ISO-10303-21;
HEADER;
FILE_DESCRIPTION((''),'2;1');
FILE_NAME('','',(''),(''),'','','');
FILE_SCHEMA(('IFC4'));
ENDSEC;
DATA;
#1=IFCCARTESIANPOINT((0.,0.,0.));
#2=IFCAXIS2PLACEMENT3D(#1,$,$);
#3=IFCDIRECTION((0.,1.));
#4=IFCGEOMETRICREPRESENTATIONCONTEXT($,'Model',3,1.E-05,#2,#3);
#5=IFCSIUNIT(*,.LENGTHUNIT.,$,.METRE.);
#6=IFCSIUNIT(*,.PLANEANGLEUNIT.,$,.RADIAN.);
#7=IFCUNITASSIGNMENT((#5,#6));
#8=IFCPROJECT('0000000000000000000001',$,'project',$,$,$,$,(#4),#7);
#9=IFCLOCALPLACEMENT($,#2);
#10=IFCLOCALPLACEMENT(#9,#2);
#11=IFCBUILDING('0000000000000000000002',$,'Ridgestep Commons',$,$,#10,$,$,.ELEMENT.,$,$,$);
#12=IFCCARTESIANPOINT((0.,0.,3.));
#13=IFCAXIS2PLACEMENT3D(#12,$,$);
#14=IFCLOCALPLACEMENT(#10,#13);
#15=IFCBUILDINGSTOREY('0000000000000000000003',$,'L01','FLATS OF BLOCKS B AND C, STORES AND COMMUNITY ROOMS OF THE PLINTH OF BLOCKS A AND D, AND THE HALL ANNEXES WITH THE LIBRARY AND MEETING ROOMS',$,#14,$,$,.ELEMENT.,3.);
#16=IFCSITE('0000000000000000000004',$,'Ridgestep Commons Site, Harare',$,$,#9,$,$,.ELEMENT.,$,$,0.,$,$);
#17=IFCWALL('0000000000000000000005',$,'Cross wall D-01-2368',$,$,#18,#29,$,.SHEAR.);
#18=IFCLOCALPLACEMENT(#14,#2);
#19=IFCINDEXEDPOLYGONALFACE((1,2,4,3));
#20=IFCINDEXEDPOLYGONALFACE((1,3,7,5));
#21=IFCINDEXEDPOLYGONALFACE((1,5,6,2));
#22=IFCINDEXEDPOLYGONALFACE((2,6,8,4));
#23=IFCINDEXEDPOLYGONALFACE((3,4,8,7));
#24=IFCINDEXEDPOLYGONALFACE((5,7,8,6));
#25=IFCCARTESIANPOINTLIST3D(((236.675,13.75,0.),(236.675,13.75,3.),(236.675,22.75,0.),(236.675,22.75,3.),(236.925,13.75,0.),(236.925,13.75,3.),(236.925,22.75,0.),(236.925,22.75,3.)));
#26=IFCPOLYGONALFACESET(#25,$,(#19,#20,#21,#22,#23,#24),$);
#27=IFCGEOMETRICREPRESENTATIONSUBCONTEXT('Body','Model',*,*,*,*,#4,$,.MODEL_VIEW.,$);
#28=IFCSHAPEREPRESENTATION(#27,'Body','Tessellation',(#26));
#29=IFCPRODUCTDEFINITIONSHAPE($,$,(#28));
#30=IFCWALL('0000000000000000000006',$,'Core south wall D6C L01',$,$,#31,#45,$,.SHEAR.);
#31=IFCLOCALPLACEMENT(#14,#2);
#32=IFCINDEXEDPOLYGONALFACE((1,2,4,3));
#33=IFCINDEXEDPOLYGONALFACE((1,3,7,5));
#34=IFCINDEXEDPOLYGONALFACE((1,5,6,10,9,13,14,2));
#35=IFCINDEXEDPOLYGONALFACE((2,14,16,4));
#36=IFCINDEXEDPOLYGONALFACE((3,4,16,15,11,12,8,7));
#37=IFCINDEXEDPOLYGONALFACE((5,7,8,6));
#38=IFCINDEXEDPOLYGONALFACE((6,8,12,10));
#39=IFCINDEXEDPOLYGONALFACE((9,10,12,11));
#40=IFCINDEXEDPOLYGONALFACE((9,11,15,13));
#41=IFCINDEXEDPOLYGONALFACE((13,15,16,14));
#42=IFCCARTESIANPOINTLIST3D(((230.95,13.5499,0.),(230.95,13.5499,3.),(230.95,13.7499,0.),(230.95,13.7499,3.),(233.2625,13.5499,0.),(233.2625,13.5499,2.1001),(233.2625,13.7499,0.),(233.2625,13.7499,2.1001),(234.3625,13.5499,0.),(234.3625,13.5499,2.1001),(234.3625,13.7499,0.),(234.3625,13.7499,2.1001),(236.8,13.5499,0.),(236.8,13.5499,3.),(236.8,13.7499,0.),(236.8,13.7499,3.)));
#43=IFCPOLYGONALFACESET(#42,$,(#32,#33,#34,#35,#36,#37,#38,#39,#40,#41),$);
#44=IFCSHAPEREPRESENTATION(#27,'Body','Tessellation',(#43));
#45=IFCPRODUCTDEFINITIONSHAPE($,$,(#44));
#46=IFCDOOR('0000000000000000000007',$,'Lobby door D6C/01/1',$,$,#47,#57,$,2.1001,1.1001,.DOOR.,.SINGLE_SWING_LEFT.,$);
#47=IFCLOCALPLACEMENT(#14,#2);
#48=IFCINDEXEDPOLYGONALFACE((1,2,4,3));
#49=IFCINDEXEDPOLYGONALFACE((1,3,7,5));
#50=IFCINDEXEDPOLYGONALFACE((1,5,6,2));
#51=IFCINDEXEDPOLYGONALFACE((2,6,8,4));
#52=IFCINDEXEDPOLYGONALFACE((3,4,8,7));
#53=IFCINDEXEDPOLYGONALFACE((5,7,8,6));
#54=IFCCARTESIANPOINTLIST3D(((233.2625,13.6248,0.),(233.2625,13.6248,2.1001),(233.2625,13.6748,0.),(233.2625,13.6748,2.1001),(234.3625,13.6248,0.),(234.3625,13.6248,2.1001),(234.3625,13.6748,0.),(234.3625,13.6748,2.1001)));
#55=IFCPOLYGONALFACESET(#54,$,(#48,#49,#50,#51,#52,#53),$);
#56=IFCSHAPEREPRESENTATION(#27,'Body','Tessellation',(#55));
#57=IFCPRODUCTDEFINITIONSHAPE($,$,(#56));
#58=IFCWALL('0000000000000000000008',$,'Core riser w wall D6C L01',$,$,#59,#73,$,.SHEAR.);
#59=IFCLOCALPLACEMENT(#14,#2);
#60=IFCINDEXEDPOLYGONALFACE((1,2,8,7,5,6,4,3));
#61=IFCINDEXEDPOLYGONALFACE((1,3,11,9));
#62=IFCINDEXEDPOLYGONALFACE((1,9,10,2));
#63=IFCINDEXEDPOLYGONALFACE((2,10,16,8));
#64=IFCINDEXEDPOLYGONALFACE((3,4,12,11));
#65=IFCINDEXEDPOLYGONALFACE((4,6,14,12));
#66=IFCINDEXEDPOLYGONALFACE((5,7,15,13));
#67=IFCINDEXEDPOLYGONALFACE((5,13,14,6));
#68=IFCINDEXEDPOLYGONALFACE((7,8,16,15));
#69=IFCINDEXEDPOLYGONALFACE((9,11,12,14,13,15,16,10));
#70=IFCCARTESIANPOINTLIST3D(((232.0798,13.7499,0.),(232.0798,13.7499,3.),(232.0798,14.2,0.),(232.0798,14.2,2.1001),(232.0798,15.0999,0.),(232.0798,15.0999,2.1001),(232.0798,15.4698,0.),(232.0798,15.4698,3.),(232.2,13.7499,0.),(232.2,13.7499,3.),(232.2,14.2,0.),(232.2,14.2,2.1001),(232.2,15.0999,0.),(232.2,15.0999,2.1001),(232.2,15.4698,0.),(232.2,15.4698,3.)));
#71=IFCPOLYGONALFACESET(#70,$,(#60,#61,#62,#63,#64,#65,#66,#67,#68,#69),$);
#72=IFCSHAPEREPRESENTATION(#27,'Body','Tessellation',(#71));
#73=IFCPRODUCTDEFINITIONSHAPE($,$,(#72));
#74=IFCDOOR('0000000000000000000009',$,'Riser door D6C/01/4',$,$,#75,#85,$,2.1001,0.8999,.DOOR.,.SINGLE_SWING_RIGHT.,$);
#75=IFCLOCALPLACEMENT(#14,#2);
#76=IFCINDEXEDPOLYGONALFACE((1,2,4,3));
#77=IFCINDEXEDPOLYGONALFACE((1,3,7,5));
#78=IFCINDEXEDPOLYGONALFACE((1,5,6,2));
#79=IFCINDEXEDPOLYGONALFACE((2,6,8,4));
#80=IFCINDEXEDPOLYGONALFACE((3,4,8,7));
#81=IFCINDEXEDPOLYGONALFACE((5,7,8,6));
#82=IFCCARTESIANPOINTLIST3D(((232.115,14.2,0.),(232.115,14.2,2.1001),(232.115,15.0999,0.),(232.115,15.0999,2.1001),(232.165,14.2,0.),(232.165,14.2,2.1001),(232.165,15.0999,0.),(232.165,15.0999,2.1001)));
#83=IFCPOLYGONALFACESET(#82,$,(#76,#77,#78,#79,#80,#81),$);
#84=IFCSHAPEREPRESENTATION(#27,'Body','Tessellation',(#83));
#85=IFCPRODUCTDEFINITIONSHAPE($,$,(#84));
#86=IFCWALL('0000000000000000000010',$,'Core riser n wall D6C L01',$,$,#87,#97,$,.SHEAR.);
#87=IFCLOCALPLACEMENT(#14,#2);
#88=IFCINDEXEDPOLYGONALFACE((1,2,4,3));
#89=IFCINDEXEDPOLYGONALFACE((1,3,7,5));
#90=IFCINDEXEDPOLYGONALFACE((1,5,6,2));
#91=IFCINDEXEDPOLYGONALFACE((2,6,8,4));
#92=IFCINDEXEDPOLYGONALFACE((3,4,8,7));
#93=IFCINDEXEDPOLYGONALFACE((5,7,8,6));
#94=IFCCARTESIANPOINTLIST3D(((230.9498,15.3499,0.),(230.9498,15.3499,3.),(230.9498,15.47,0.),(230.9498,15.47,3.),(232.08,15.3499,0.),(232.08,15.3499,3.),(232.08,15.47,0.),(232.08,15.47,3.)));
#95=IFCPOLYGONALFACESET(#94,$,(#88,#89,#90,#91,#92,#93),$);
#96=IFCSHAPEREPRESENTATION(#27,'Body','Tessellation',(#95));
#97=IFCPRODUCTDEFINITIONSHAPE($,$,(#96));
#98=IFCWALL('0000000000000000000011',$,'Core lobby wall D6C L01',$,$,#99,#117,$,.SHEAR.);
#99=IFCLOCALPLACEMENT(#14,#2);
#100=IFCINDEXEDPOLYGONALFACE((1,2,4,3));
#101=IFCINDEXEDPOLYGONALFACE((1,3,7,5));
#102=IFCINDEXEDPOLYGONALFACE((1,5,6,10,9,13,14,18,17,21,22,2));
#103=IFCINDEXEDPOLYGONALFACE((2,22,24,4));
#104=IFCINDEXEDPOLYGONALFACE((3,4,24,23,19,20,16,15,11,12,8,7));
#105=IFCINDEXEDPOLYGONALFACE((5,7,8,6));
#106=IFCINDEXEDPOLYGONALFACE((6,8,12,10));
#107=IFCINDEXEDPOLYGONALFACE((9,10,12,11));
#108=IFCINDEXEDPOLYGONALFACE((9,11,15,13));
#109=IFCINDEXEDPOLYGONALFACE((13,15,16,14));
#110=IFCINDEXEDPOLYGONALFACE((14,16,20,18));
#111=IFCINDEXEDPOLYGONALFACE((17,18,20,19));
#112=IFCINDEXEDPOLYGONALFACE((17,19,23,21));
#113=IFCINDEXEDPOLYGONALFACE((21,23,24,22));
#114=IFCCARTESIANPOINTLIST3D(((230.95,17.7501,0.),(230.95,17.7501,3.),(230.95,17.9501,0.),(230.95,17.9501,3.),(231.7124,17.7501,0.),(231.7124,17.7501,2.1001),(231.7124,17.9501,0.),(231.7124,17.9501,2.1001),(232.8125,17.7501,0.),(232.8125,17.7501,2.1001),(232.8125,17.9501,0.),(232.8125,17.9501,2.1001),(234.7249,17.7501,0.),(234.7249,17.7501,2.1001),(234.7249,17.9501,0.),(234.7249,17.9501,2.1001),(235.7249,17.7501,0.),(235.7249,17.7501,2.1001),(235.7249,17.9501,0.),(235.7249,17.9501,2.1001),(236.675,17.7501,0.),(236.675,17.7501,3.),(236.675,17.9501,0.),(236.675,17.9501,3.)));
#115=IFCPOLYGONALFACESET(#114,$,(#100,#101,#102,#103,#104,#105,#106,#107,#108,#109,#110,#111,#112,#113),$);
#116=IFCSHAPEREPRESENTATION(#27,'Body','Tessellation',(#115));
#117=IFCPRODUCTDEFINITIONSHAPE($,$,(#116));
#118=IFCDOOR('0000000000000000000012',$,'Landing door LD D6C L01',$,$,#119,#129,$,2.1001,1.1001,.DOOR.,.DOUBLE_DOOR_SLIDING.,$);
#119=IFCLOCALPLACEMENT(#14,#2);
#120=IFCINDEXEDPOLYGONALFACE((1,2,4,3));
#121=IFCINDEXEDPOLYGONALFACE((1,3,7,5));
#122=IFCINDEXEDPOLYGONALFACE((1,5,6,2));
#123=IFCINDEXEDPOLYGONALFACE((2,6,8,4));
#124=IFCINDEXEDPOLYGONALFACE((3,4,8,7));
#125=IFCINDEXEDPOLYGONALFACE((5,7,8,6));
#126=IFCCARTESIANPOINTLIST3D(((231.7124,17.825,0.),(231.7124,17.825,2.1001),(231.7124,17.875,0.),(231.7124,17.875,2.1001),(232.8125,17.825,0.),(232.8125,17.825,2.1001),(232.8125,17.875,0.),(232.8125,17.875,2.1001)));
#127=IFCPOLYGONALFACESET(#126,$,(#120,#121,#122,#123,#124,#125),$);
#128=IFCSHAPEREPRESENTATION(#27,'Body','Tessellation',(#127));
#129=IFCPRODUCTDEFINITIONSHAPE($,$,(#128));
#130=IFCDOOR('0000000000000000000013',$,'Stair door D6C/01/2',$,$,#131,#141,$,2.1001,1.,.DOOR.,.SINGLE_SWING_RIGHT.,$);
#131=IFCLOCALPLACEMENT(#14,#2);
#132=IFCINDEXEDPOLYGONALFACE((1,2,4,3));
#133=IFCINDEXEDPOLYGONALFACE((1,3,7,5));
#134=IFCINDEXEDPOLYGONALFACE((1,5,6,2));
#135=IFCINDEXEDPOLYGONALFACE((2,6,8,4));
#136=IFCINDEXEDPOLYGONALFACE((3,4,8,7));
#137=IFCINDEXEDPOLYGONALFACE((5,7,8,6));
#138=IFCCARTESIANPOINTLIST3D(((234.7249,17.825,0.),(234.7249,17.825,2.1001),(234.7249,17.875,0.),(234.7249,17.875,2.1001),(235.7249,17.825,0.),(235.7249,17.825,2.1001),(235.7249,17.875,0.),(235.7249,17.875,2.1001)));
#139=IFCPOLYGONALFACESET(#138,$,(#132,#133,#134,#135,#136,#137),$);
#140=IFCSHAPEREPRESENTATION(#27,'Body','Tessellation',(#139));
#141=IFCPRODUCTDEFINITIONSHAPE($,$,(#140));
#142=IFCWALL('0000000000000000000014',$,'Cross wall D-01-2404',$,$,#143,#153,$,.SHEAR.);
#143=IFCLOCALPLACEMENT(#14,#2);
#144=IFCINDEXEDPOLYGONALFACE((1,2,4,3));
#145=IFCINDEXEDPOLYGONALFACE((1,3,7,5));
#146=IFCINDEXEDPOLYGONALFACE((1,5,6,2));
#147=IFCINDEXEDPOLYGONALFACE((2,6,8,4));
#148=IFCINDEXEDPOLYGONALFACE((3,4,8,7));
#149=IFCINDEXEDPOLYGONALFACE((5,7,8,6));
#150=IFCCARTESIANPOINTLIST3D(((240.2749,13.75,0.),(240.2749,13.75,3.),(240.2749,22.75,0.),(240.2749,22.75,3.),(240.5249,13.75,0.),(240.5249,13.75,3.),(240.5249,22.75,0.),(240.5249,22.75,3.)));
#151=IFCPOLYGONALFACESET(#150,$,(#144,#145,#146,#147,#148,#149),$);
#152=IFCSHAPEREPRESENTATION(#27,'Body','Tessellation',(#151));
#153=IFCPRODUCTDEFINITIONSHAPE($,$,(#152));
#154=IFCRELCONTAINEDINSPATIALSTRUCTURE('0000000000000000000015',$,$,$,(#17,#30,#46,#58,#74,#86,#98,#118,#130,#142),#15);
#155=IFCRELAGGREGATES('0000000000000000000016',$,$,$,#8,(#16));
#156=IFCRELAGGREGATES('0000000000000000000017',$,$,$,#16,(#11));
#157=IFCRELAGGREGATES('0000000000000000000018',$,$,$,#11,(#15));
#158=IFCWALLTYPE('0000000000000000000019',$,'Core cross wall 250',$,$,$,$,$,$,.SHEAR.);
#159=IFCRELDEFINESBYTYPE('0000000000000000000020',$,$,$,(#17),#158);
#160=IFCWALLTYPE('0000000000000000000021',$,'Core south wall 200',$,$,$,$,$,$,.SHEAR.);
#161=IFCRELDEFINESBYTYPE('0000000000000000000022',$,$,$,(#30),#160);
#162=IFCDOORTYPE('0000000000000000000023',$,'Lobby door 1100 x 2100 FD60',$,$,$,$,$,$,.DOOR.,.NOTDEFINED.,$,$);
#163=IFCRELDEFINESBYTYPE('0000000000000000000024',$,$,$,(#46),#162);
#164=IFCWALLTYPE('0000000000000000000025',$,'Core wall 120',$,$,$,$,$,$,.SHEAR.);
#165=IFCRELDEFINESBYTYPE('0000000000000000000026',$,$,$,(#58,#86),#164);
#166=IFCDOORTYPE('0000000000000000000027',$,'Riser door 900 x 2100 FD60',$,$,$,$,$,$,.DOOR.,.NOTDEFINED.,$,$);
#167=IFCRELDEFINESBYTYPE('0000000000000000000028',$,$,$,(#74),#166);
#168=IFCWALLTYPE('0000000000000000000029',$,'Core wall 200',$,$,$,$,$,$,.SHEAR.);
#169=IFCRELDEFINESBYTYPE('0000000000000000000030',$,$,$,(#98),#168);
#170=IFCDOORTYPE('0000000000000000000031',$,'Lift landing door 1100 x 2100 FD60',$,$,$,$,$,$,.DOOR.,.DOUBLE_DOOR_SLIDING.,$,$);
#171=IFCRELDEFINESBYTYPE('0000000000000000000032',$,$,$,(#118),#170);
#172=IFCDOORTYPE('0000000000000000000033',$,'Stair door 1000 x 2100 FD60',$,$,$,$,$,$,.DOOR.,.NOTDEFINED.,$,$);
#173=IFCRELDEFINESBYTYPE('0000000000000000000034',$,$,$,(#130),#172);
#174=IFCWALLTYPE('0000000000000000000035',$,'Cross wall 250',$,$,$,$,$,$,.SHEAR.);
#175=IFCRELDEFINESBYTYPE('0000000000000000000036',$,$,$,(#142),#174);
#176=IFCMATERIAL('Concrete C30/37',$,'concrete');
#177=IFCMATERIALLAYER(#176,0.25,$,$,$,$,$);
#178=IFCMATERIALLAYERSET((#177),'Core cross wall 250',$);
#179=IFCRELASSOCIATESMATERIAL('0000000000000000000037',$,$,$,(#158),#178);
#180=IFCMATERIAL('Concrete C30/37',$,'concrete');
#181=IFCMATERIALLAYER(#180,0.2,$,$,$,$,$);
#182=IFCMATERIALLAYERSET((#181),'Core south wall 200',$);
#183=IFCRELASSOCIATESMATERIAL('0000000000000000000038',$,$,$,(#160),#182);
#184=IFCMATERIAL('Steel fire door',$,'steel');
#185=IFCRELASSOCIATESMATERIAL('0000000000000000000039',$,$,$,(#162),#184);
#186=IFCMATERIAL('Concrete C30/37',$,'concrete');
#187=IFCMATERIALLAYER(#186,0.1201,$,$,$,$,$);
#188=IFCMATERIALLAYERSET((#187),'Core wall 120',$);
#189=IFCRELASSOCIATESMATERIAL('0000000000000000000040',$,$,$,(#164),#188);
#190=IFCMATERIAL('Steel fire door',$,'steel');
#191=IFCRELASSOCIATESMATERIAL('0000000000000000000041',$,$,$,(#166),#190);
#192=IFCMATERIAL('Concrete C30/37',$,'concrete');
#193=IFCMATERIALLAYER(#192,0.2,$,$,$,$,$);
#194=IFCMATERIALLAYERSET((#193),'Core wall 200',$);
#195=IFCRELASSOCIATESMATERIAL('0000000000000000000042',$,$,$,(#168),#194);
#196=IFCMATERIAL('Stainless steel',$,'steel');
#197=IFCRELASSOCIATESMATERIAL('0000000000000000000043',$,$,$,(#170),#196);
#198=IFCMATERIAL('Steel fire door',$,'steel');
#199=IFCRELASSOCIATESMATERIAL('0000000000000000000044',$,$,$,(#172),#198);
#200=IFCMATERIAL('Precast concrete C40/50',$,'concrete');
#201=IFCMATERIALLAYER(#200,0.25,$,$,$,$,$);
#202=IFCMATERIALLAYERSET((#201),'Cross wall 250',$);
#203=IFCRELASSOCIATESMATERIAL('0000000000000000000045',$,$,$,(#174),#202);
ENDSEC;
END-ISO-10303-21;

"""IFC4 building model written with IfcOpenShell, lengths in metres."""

from ifc_helpers import new_model, si_unit, direction, frame, frame_2d, origin, place, context, subcontext, project, spatial, rectangle, extrude, material, layer, layer_set, type_object, element, fill, save


model = new_model("IFC4")

# Units and contexts
model_context = context("Model", 3, precision=1e-05, world=origin(), true_north=direction((0.0, 1.0)))
body_context = subcontext(model_context, "Body", "Model", "MODEL_VIEW")
ifc_project = project(units=[si_unit("LENGTHUNIT", "METRE"), si_unit("PLANEANGLEUNIT", "RADIAN")], contexts=[model_context])

# Site, building, storey
site_placement = place(None, origin())
site = spatial("IfcSite", under=ifc_project, at=site_placement, Name="Ridgestep Commons Site, Harare", CompositionType="ELEMENT", RefElevation=0.0)
building_placement = place(site_placement, origin())
building = spatial("IfcBuilding", under=site, at=building_placement, Name="Ridgestep Commons", CompositionType="ELEMENT")
storey_placement = place(building_placement, frame((0.0, 0.0, 3.0)))
storey = spatial("IfcBuildingStorey", under=building, at=storey_placement, Name="L01", Description="FLATS OF BLOCKS B AND C, STORES AND COMMUNITY ROOMS OF THE PLINTH OF BLOCKS A AND D, AND THE HALL ANNEXES WITH THE LIBRARY AND MEETING ROOMS", CompositionType="ELEMENT", Elevation=3.0)

# Wall
ifc_material_1 = material(Name="Concrete C30/37", Category="concrete")
ifc_layer_1 = layer(ifc_material_1, 0.25)
ifc_layer_set_1 = layer_set([ifc_layer_1], Name="Core cross wall 250")
wall_type_1 = type_object("IfcWallType", Name="Core cross wall 250", PredefinedType="SHEAR", material=ifc_layer_set_1)
wall_1_placement = place(storey_placement, frame((236.8, 13.75, 0.0), z_axis=(0.0, 0.0, 1.0), x_axis=(0.0, 1.0, 0.0)))
element("IfcWall", 1, at=wall_1_placement, inside=storey, type_object=wall_type_1, Name="Cross wall D-01-2368", PredefinedType="SHEAR", context=body_context, shape_type="SweptSolid", body=[
    extrude(rectangle(XDim=9.0, YDim=0.25, at=frame_2d((4.5, 0.0))), origin(), (0.0, 0.0, 1.0), 3.0),
])

# Walls, openings, doors
ifc_material_2 = material(Name="Concrete C30/37", Category="concrete")
ifc_layer_2 = layer(ifc_material_2, 0.2)
ifc_layer_set_2 = layer_set([ifc_layer_2], Name="Core south wall 200")
wall_type_2 = type_object("IfcWallType", Name="Core south wall 200", PredefinedType="SHEAR", material=ifc_layer_set_2)
wall_2_placement = place(storey_placement, frame((230.95, 13.6499, 0.0), z_axis=(0.0, 0.0, 1.0), x_axis=(1.0, 0.0, 0.0)))
wall_2 = element("IfcWall", 2, at=wall_2_placement, inside=storey, type_object=wall_type_2, Name="Core south wall D6C L01", PredefinedType="SHEAR", context=body_context, shape_type="SweptSolid", body=[
    extrude(rectangle(XDim=5.8501, YDim=0.2, at=frame_2d((2.925, 0.0))), origin(), (0.0, 0.0, 1.0), 3.0),
])
opening_1_placement = place(wall_2_placement, frame((2.3125, 0.0, 0.0)))
opening_1 = element("IfcOpeningElement", 3, at=opening_1_placement, cuts=wall_2, PredefinedType="OPENING", context=body_context, shape_type="SweptSolid", body=[
    extrude(rectangle(XDim=1.1001, YDim=2.1001, at=frame_2d((0.55, 1.05))), frame((0.0, 0.1099, 0.0), z_axis=(0.0, -1.0, 0.0), x_axis=(1.0, 0.0, 0.0)), (0.0, 0.0, 1.0), 0.22),
])
ifc_material_3 = material(Name="Steel fire door", Category="steel")
door_type_1 = type_object("IfcDoorType", Name="Lobby door 1100 x 2100 FD60", OperationType="NOTDEFINED", PredefinedType="DOOR", material=ifc_material_3)
door_1_placement = place(opening_1_placement, origin())
door_1 = element("IfcDoor", 4, at=door_1_placement, inside=storey, type_object=door_type_1, Name="Lobby door D6C/01/1", OperationType="SINGLE_SWING_LEFT", OverallHeight=2.1001, OverallWidth=1.1001, PredefinedType="DOOR", context=body_context, shape_type="SweptSolid", body=[
    extrude(rectangle(XDim=1.1001, YDim=2.1001, at=frame_2d((0.55, 1.05))), frame((0.0, 0.0249, 0.0), z_axis=(0.0, -1.0, 0.0), x_axis=(1.0, 0.0, 0.0)), (0.0, 0.0, 1.0), 0.05),
])
fill(opening_1, door_1)
ifc_material_4 = material(Name="Concrete C30/37", Category="concrete")
ifc_layer_3 = layer(ifc_material_4, 0.1201)
ifc_layer_set_3 = layer_set([ifc_layer_3], Name="Core wall 120")
wall_type_3 = type_object("IfcWallType", Name="Core wall 120", PredefinedType="SHEAR", material=ifc_layer_set_3)
wall_3_placement = place(storey_placement, frame((232.1399, 13.75, 0.0), z_axis=(0.0, 0.0, 1.0), x_axis=(0.0, 1.0, 0.0)))
wall_3 = element("IfcWall", 5, at=wall_3_placement, inside=storey, type_object=wall_type_3, Name="Core riser w wall D6C L01", PredefinedType="SHEAR", context=body_context, shape_type="SweptSolid", body=[
    extrude(rectangle(XDim=1.72, YDim=0.1201, at=frame_2d((0.8599, 0.0))), origin(), (0.0, 0.0, 1.0), 3.0),
])
opening_2_placement = place(wall_3_placement, frame((0.45, 0.0, 0.0)))
opening_2 = element("IfcOpeningElement", 6, at=opening_2_placement, cuts=wall_3, PredefinedType="OPENING", context=body_context, shape_type="SweptSolid", body=[
    extrude(rectangle(XDim=0.8999, YDim=2.1001, at=frame_2d((0.45, 1.05))), frame((0.0, 0.0701, 0.0), z_axis=(0.0, -1.0, 0.0), x_axis=(1.0, 0.0, 0.0)), (0.0, 0.0, 1.0), 0.1401),
])
ifc_material_5 = material(Name="Steel fire door", Category="steel")
door_type_2 = type_object("IfcDoorType", Name="Riser door 900 x 2100 FD60", OperationType="NOTDEFINED", PredefinedType="DOOR", material=ifc_material_5)
door_2_placement = place(opening_2_placement, origin())
door_2 = element("IfcDoor", 7, at=door_2_placement, inside=storey, type_object=door_type_2, Name="Riser door D6C/01/4", OperationType="SINGLE_SWING_RIGHT", OverallHeight=2.1001, OverallWidth=0.8999, PredefinedType="DOOR", context=body_context, shape_type="SweptSolid", body=[
    extrude(rectangle(XDim=0.8999, YDim=2.1001, at=frame_2d((0.45, 1.05))), frame((0.0, 0.0249, 0.0), z_axis=(0.0, -1.0, 0.0), x_axis=(1.0, 0.0, 0.0)), (0.0, 0.0, 1.0), 0.05),
])
fill(opening_2, door_2)

# Wall
wall_4_placement = place(storey_placement, frame((230.95, 15.4099, 0.0), z_axis=(0.0, 0.0, 1.0), x_axis=(1.0, 0.0, 0.0)))
element("IfcWall", 8, at=wall_4_placement, inside=storey, type_object=wall_type_3, Name="Core riser n wall D6C L01", PredefinedType="SHEAR", context=body_context, shape_type="SweptSolid", body=[
    extrude(rectangle(XDim=1.1301, YDim=0.1201, at=frame_2d((0.5649, 0.0))), origin(), (0.0, 0.0, 1.0), 3.0),
])

# Wall, openings, doors
ifc_material_6 = material(Name="Concrete C30/37", Category="concrete")
ifc_layer_4 = layer(ifc_material_6, 0.2)
ifc_layer_set_4 = layer_set([ifc_layer_4], Name="Core wall 200")
wall_type_4 = type_object("IfcWallType", Name="Core wall 200", PredefinedType="SHEAR", material=ifc_layer_set_4)
wall_5_placement = place(storey_placement, frame((230.95, 17.8501, 0.0), z_axis=(0.0, 0.0, 1.0), x_axis=(1.0, 0.0, 0.0)))
wall_5 = element("IfcWall", 9, at=wall_5_placement, inside=storey, type_object=wall_type_4, Name="Core lobby wall D6C L01", PredefinedType="SHEAR", context=body_context, shape_type="SweptSolid", body=[
    extrude(rectangle(XDim=5.7251, YDim=0.2, at=frame_2d((2.8625, 0.0))), origin(), (0.0, 0.0, 1.0), 3.0),
])
opening_3_placement = place(wall_5_placement, frame((3.7749, 0.0, 0.0)))
opening_3 = element("IfcOpeningElement", 10, at=opening_3_placement, cuts=wall_5, PredefinedType="OPENING", context=body_context, shape_type="SweptSolid", body=[
    extrude(rectangle(XDim=1.0, YDim=2.1001, at=frame_2d((0.5, 1.05))), frame((0.0, 0.1099, 0.0), z_axis=(0.0, -1.0, 0.0), x_axis=(1.0, 0.0, 0.0)), (0.0, 0.0, 1.0), 0.22),
])
opening_4_placement = place(wall_5_placement, frame((0.7625, 0.0, 0.0)))
opening_4 = element("IfcOpeningElement", 11, at=opening_4_placement, cuts=wall_5, PredefinedType="OPENING", context=body_context, shape_type="SweptSolid", body=[
    extrude(rectangle(XDim=1.1001, YDim=2.1001, at=frame_2d((0.55, 1.05))), frame((0.0, 0.1099, 0.0), z_axis=(0.0, -1.0, 0.0), x_axis=(1.0, 0.0, 0.0)), (0.0, 0.0, 1.0), 0.22),
])
ifc_material_7 = material(Name="Stainless steel", Category="steel")
door_type_3 = type_object("IfcDoorType", Name="Lift landing door 1100 x 2100 FD60", OperationType="DOUBLE_DOOR_SLIDING", PredefinedType="DOOR", material=ifc_material_7)
door_3_placement = place(opening_4_placement, origin())
door_3 = element("IfcDoor", 12, at=door_3_placement, inside=storey, type_object=door_type_3, Name="Landing door LD D6C L01", OperationType="DOUBLE_DOOR_SLIDING", OverallHeight=2.1001, OverallWidth=1.1001, PredefinedType="DOOR", context=body_context, shape_type="SweptSolid", body=[
    extrude(rectangle(XDim=1.1001, YDim=2.1001, at=frame_2d((0.55, 1.05))), frame((0.0, 0.0249, 0.0), z_axis=(0.0, -1.0, 0.0), x_axis=(1.0, 0.0, 0.0)), (0.0, 0.0, 1.0), 0.05),
])
fill(opening_4, door_3)
ifc_material_8 = material(Name="Steel fire door", Category="steel")
door_type_4 = type_object("IfcDoorType", Name="Stair door 1000 x 2100 FD60", OperationType="NOTDEFINED", PredefinedType="DOOR", material=ifc_material_8)
door_4_placement = place(opening_3_placement, origin())
door_4 = element("IfcDoor", 13, at=door_4_placement, inside=storey, type_object=door_type_4, Name="Stair door D6C/01/2", OperationType="SINGLE_SWING_RIGHT", OverallHeight=2.1001, OverallWidth=1.0, PredefinedType="DOOR", context=body_context, shape_type="SweptSolid", body=[
    extrude(rectangle(XDim=1.0, YDim=2.1001, at=frame_2d((0.5, 1.05))), frame((0.0, 0.0249, 0.0), z_axis=(0.0, -1.0, 0.0), x_axis=(1.0, 0.0, 0.0)), (0.0, 0.0, 1.0), 0.05),
])
fill(opening_3, door_4)

# Wall
ifc_material_9 = material(Name="Precast concrete C40/50", Category="concrete")
ifc_layer_5 = layer(ifc_material_9, 0.25)
ifc_layer_set_5 = layer_set([ifc_layer_5], Name="Cross wall 250")
wall_type_5 = type_object("IfcWallType", Name="Cross wall 250", PredefinedType="SHEAR", material=ifc_layer_set_5)
wall_6_placement = place(storey_placement, frame((240.3999, 13.75, 0.0), z_axis=(0.0, 0.0, 1.0), x_axis=(0.0, 1.0, 0.0)))
element("IfcWall", 14, at=wall_6_placement, inside=storey, type_object=wall_type_5, Name="Cross wall D-01-2404", PredefinedType="SHEAR", context=body_context, shape_type="SweptSolid", body=[
    extrude(rectangle(XDim=9.0, YDim=0.25, at=frame_2d((4.5, 0.0))), origin(), (0.0, 0.0, 1.0), 3.0),
])

save(model, "model.ifc")
